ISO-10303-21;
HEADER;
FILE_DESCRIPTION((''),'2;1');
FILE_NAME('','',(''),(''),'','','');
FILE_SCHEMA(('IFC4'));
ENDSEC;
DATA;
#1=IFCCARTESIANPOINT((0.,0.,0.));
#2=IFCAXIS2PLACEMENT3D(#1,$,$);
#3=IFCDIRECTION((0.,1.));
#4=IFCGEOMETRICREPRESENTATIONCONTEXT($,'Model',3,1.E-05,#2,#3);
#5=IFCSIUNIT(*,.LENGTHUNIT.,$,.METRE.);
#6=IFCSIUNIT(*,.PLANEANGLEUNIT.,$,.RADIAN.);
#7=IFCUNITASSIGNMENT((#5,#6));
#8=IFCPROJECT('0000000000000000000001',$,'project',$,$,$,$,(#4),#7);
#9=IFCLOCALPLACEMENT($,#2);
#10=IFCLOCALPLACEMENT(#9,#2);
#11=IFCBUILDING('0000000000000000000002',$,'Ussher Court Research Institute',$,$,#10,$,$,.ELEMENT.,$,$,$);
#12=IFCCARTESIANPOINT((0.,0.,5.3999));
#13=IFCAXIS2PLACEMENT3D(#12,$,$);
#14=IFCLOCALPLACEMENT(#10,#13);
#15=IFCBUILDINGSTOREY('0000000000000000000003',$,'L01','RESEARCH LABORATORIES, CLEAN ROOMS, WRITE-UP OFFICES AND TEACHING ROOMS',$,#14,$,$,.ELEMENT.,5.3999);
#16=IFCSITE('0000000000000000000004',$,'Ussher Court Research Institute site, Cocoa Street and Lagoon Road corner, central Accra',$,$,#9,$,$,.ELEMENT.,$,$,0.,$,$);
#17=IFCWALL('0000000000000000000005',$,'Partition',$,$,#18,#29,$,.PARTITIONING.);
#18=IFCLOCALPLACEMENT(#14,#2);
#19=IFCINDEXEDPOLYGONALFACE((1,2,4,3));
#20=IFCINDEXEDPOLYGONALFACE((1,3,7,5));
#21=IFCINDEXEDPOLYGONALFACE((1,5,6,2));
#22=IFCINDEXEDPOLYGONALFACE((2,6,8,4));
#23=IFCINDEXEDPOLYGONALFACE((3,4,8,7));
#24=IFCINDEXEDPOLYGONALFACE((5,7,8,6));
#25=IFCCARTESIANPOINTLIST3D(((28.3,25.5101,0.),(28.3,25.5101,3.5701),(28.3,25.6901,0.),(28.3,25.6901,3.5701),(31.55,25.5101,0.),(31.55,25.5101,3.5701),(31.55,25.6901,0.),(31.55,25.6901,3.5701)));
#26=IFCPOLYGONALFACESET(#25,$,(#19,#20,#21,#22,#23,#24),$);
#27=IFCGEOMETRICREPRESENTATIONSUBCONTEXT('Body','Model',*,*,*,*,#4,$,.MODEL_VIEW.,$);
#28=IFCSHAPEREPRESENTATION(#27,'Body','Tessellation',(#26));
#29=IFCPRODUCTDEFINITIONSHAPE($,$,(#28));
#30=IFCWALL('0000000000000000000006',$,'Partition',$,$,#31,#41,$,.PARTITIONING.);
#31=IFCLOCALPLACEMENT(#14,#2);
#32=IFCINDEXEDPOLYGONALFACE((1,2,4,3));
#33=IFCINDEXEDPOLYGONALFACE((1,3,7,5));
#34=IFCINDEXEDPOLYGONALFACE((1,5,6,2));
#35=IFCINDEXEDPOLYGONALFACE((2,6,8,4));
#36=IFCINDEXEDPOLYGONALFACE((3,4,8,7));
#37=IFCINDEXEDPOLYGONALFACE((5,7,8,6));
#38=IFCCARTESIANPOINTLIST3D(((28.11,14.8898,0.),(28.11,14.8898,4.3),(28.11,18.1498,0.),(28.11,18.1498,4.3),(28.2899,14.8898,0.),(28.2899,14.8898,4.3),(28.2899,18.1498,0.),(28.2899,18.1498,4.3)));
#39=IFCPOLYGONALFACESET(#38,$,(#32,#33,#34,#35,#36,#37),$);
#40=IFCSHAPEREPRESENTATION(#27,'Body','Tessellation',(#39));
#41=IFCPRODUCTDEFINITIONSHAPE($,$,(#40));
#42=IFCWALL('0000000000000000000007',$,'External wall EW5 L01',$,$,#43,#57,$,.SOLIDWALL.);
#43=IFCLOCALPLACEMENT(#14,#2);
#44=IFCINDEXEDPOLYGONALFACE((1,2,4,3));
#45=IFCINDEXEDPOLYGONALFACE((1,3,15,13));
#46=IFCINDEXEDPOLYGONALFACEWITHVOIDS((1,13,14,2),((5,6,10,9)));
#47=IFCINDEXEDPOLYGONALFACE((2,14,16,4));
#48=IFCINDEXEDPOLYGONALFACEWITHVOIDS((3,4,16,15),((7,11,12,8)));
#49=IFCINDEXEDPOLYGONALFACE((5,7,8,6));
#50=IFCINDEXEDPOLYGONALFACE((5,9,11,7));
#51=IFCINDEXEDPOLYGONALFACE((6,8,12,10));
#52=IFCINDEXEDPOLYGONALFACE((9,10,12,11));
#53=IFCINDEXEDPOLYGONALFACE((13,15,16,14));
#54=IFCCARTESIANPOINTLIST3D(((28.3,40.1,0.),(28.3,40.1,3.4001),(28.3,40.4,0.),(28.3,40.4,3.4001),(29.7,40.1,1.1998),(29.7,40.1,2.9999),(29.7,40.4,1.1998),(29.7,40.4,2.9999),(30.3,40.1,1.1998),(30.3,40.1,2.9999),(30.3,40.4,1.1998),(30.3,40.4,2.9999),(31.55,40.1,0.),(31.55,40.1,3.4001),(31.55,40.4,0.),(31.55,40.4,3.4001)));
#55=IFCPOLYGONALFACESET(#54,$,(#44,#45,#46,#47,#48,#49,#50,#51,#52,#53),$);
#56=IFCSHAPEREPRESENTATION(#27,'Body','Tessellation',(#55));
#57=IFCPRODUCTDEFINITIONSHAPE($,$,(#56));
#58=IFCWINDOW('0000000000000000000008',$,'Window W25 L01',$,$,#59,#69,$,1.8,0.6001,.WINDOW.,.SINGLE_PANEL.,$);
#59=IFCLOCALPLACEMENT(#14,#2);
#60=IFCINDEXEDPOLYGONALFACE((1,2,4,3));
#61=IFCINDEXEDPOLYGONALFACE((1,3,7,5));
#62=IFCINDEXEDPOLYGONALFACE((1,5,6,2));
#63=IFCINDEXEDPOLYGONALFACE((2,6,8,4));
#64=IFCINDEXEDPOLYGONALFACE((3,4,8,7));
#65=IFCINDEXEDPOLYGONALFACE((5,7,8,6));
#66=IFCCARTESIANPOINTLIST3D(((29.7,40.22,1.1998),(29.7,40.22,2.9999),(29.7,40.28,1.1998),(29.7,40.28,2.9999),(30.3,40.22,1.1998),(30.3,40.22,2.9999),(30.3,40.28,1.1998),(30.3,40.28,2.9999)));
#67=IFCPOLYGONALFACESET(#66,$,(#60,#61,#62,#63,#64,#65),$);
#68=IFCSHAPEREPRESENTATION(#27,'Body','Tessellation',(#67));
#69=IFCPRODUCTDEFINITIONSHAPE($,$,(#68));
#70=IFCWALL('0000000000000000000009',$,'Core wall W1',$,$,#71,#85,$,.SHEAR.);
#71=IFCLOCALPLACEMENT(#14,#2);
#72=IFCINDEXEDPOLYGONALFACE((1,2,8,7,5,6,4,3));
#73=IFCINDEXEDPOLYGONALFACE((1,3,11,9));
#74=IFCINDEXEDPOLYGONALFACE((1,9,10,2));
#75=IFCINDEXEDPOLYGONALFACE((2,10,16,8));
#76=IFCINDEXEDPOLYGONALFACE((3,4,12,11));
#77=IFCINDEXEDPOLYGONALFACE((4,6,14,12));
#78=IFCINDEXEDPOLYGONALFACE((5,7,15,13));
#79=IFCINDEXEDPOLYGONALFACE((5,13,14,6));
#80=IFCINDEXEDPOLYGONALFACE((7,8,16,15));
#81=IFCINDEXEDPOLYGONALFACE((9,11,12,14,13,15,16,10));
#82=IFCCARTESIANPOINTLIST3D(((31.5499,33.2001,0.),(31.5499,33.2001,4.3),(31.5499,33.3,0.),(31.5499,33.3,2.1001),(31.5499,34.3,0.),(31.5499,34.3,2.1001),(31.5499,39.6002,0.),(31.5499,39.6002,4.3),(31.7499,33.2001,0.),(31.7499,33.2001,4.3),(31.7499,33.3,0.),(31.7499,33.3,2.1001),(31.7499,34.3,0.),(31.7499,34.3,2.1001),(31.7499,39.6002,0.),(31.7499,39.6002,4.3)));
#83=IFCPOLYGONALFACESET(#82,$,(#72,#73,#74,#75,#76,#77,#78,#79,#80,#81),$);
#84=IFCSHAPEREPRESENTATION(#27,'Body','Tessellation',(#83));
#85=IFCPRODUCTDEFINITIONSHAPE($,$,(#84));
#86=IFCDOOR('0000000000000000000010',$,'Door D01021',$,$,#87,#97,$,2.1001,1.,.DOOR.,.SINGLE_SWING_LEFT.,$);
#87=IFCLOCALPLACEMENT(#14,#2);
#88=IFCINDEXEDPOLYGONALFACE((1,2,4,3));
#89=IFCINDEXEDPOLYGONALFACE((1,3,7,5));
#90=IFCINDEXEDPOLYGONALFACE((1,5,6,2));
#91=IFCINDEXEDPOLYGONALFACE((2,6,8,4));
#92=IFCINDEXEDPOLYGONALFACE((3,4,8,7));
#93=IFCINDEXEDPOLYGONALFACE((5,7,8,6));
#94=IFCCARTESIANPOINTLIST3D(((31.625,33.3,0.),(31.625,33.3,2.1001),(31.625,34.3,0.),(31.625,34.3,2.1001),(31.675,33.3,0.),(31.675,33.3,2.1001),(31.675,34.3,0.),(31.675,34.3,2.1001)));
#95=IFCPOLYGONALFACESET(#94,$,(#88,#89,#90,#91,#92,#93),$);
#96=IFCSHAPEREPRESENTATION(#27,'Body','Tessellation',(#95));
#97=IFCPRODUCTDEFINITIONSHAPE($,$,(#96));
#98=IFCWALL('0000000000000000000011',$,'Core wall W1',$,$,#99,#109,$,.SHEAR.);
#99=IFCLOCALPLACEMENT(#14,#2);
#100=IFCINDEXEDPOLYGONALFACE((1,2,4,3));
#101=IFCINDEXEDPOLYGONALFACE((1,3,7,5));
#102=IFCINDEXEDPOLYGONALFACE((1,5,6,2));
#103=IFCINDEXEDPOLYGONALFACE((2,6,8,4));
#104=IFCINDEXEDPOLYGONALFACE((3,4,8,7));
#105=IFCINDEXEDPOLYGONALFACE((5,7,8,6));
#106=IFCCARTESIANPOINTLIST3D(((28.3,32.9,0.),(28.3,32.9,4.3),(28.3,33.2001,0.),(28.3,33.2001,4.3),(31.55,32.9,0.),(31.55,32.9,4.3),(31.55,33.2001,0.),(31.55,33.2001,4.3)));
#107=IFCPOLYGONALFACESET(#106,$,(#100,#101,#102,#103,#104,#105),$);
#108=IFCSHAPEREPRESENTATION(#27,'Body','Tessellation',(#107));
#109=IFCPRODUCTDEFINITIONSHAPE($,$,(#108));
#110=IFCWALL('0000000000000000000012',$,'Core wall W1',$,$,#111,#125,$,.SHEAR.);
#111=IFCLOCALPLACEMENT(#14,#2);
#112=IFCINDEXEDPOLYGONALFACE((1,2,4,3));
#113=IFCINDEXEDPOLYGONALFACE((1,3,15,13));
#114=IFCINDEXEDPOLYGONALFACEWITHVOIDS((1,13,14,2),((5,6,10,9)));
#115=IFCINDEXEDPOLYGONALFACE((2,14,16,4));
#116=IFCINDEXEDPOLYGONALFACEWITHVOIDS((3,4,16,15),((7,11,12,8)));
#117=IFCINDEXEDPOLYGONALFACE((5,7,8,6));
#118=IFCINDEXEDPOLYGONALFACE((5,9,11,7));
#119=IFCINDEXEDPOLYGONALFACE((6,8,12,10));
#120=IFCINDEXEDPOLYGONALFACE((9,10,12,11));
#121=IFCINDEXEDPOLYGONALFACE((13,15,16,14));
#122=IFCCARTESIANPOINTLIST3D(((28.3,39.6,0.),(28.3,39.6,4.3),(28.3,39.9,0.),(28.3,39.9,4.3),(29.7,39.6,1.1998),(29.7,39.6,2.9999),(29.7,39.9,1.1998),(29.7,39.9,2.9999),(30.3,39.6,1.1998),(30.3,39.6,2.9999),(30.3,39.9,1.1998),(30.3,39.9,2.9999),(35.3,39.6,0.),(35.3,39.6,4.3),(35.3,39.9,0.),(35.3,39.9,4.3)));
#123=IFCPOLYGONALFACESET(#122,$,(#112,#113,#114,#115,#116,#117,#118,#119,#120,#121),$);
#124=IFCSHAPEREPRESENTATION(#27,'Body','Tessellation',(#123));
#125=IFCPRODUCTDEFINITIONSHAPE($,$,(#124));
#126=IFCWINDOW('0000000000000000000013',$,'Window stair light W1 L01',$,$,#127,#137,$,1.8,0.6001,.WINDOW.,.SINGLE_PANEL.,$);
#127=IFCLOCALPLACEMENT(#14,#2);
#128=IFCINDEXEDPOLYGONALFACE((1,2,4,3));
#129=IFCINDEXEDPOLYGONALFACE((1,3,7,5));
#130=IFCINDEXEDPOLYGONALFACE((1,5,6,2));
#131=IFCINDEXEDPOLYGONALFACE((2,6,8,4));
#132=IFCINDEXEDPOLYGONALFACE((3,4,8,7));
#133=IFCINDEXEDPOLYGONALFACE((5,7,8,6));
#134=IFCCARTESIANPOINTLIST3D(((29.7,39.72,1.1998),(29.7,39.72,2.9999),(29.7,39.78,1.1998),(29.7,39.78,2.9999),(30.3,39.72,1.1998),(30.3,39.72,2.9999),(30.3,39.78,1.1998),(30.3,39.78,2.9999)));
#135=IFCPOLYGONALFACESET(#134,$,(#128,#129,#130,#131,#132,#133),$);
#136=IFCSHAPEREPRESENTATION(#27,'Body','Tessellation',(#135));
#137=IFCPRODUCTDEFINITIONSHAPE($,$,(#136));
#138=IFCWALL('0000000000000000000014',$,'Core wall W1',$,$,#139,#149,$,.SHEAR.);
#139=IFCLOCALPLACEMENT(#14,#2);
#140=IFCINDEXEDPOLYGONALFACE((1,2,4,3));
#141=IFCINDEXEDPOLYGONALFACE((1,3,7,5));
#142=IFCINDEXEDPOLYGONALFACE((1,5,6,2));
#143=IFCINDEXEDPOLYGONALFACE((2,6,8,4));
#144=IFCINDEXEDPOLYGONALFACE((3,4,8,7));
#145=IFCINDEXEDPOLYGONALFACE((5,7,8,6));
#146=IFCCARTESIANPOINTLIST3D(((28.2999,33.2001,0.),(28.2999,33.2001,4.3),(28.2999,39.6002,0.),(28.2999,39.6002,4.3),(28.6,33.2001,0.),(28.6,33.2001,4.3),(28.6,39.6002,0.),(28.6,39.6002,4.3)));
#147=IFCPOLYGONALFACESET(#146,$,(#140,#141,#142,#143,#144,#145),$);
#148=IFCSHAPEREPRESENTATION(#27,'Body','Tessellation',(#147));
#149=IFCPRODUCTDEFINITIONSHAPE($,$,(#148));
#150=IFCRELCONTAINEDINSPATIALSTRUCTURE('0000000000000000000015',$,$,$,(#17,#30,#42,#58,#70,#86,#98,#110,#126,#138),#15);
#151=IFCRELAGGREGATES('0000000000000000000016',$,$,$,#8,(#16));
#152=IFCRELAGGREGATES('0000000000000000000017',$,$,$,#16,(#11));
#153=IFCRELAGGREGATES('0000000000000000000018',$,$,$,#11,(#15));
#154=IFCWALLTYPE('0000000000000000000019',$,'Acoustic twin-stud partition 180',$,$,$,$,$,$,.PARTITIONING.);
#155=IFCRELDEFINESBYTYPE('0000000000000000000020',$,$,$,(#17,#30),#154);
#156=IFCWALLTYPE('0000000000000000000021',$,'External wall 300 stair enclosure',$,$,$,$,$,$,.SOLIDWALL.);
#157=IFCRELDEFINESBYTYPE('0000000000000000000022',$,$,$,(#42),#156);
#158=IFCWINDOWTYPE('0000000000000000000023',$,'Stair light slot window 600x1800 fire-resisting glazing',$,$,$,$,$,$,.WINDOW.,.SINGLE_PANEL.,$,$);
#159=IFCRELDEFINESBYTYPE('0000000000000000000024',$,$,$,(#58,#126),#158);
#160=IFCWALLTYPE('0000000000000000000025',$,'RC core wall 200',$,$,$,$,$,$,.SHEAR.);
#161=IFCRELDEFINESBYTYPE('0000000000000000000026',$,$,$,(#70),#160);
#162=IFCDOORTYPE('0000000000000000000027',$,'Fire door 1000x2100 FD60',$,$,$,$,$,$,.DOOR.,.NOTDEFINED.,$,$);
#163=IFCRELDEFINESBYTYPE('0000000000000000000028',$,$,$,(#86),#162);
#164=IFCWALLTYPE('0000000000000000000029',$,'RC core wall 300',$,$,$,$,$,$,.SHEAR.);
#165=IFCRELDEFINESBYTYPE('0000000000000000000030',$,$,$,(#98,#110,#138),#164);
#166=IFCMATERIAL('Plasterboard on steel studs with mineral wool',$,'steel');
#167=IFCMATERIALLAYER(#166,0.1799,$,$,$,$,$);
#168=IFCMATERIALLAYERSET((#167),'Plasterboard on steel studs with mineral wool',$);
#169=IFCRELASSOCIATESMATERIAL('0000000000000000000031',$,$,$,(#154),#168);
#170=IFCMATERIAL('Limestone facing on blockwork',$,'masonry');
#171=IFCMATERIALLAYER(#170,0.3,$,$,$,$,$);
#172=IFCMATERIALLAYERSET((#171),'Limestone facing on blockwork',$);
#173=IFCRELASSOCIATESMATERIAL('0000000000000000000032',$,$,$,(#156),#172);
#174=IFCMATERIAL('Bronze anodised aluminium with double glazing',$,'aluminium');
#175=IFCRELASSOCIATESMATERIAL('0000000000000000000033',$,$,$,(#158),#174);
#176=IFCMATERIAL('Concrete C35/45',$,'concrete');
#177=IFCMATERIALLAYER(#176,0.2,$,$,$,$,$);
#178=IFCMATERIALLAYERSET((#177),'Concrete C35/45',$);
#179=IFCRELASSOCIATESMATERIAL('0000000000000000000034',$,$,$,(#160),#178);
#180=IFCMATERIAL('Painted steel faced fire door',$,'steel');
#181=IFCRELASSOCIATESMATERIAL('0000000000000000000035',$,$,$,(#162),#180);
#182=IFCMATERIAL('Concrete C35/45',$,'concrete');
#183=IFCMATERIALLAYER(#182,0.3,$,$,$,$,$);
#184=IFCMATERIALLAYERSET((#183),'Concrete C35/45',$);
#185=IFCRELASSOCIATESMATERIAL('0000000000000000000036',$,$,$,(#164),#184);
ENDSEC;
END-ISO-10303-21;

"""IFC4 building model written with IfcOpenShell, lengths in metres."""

from ifc_helpers import new_model, si_unit, direction, frame, frame_2d, origin, place, context, subcontext, project, spatial, rectangle, extrude, material, layer, layer_set, type_object, element, fill, save


model = new_model("IFC4")

# Units and contexts
model_context = context("Model", 3, precision=1e-05, world=origin(), true_north=direction((0.0, 1.0)))
body_context = subcontext(model_context, "Body", "Model", "MODEL_VIEW")
ifc_project = project(units=[si_unit("LENGTHUNIT", "METRE"), si_unit("PLANEANGLEUNIT", "RADIAN")], contexts=[model_context])

# Site, building, storey
site_placement = place(None, origin())
site = spatial("IfcSite", under=ifc_project, at=site_placement, Name="Ussher Court Research Institute site, Cocoa Street and Lagoon Road corner, central Accra", CompositionType="ELEMENT", RefElevation=0.0)
building_placement = place(site_placement, origin())
building = spatial("IfcBuilding", under=site, at=building_placement, Name="Ussher Court Research Institute", CompositionType="ELEMENT")
storey_placement = place(building_placement, frame((0.0, 0.0, 5.3999)))
storey = spatial("IfcBuildingStorey", under=building, at=storey_placement, Name="L01", Description="RESEARCH LABORATORIES, CLEAN ROOMS, WRITE-UP OFFICES AND TEACHING ROOMS", CompositionType="ELEMENT", Elevation=5.3999)

# Shared definitions
ifc_material_1 = material(Name="Plasterboard on steel studs with mineral wool", Category="steel")
ifc_layer_1 = layer(ifc_material_1, 0.1799)
ifc_layer_set_1 = layer_set([ifc_layer_1], Name="Plasterboard on steel studs with mineral wool")
wall_type_1 = type_object("IfcWallType", Name="Acoustic twin-stud partition 180", PredefinedType="PARTITIONING", material=ifc_layer_set_1)

# Walls
wall_1_placement = place(storey_placement, frame((28.3, 25.6001, 0.0), z_axis=(0.0, 0.0, 1.0), x_axis=(1.0, 0.0, 0.0)))
element("IfcWall", 1, at=wall_1_placement, inside=storey, type_object=wall_type_1, Name="Partition", PredefinedType="PARTITIONING", context=body_context, shape_type="SweptSolid", body=[
    extrude(rectangle(XDim=3.25, YDim=0.1799, at=frame_2d((1.625, 0.0))), origin(), (0.0, 0.0, 1.0), 3.5701),
])
wall_2_placement = place(storey_placement, frame((28.2, 14.8899, 0.0), z_axis=(0.0, 0.0, 1.0), x_axis=(0.0, 1.0, 0.0)))
element("IfcWall", 2, at=wall_2_placement, inside=storey, type_object=wall_type_1, Name="Partition", PredefinedType="PARTITIONING", context=body_context, shape_type="SweptSolid", body=[
    extrude(rectangle(XDim=3.26, YDim=0.1799, at=frame_2d((1.6299, 0.0))), origin(), (0.0, 0.0, 1.0), 4.3),
])

# Wall, opening, window
ifc_material_2 = material(Name="Limestone facing on blockwork", Category="masonry")
ifc_layer_2 = layer(ifc_material_2, 0.3)
ifc_layer_set_2 = layer_set([ifc_layer_2], Name="Limestone facing on blockwork")
wall_type_2 = type_object("IfcWallType", Name="External wall 300 stair enclosure", PredefinedType="SOLIDWALL", material=ifc_layer_set_2)
wall_3_placement = place(storey_placement, frame((28.3, 40.25, 0.0), z_axis=(0.0, 0.0, 1.0), x_axis=(1.0, 0.0, 0.0)))
wall_3 = element("IfcWall", 3, at=wall_3_placement, inside=storey, type_object=wall_type_2, Name="External wall EW5 L01", PredefinedType="SOLIDWALL", context=body_context, shape_type="SweptSolid", body=[
    extrude(rectangle(XDim=3.25, YDim=0.3, at=frame_2d((1.625, 0.0))), origin(), (0.0, 0.0, 1.0), 3.4001),
])
opening_1_placement = place(wall_3_placement, frame((1.3999, 0.0, 1.2)))
opening_1 = element("IfcOpeningElement", 4, at=opening_1_placement, cuts=wall_3, PredefinedType="OPENING", context=body_context, shape_type="SweptSolid", body=[
    extrude(rectangle(XDim=0.6001, YDim=1.8, at=frame_2d((0.3, 0.8999))), frame((0.0, 0.1602, 0.0), z_axis=(0.0, -1.0, 0.0), x_axis=(1.0, 0.0, 0.0)), (0.0, 0.0, 1.0), 0.3201),
])
ifc_material_3 = material(Name="Bronze anodised aluminium with double glazing", Category="aluminium")
window_type = type_object("IfcWindowType", Name="Stair light slot window 600x1800 fire-resisting glazing", PartitioningType="SINGLE_PANEL", PredefinedType="WINDOW", material=ifc_material_3)
window_1_placement = place(opening_1_placement, origin())
window_1 = element("IfcWindow", 5, at=window_1_placement, inside=storey, type_object=window_type, Name="Window W25 L01", OverallHeight=1.8, OverallWidth=0.6001, PartitioningType="SINGLE_PANEL", PredefinedType="WINDOW", context=body_context, shape_type="SweptSolid", body=[
    extrude(rectangle(XDim=0.6001, YDim=1.8, at=frame_2d((0.3, 0.8999))), frame((0.0, 0.03, 0.0), z_axis=(0.0, -1.0, 0.0), x_axis=(1.0, 0.0, 0.0)), (0.0, 0.0, 1.0), 0.0601),
])
fill(opening_1, window_1)

# Wall, opening, door
ifc_material_4 = material(Name="Concrete C35/45", Category="concrete")
ifc_layer_3 = layer(ifc_material_4, 0.2)
ifc_layer_set_3 = layer_set([ifc_layer_3], Name="Concrete C35/45")
wall_type_3 = type_object("IfcWallType", Name="RC core wall 200", PredefinedType="SHEAR", material=ifc_layer_set_3)
wall_4_placement = place(storey_placement, frame((31.6499, 33.2, 0.0), z_axis=(0.0, 0.0, 1.0), x_axis=(0.0, 1.0, 0.0)))
wall_4 = element("IfcWall", 6, at=wall_4_placement, inside=storey, type_object=wall_type_3, Name="Core wall W1", PredefinedType="SHEAR", context=body_context, shape_type="SweptSolid", body=[
    extrude(rectangle(XDim=6.4001, YDim=0.2, at=frame_2d((3.2002, 0.0))), origin(), (0.0, 0.0, 1.0), 4.3),
])
opening_2_placement = place(wall_4_placement, frame((0.1001, 0.0, 0.0)))
opening_2 = element("IfcOpeningElement", 7, at=opening_2_placement, cuts=wall_4, PredefinedType="OPENING", context=body_context, shape_type="SweptSolid", body=[
    extrude(rectangle(XDim=1.0, YDim=2.1001, at=frame_2d((0.5, 1.05))), frame((0.0, 0.1099, 0.0), z_axis=(0.0, -1.0, 0.0), x_axis=(1.0, 0.0, 0.0)), (0.0, 0.0, 1.0), 0.22),
])
ifc_material_5 = material(Name="Painted steel faced fire door", Category="steel")
door_type_1 = type_object("IfcDoorType", Name="Fire door 1000x2100 FD60", OperationType="NOTDEFINED", PredefinedType="DOOR", material=ifc_material_5)
door_1_placement = place(opening_2_placement, origin())
door_1 = element("IfcDoor", 8, at=door_1_placement, inside=storey, type_object=door_type_1, Name="Door D01021", OperationType="SINGLE_SWING_LEFT", OverallHeight=2.1001, OverallWidth=1.0, PredefinedType="DOOR", context=body_context, shape_type="SweptSolid", body=[
    extrude(rectangle(XDim=1.0, YDim=2.1001, at=frame_2d((0.5, 1.05))), frame((0.0, 0.0249, 0.0), z_axis=(0.0, -1.0, 0.0), x_axis=(1.0, 0.0, 0.0)), (0.0, 0.0, 1.0), 0.05),
])
fill(opening_2, door_1)

# Wall
ifc_material_6 = material(Name="Concrete C35/45", Category="concrete")
ifc_layer_4 = layer(ifc_material_6, 0.3)
ifc_layer_set_4 = layer_set([ifc_layer_4], Name="Concrete C35/45")
wall_type_4 = type_object("IfcWallType", Name="RC core wall 300", PredefinedType="SHEAR", material=ifc_layer_set_4)
wall_5_placement = place(storey_placement, frame((28.3, 33.05, 0.0), z_axis=(0.0, 0.0, 1.0), x_axis=(1.0, 0.0, 0.0)))
element("IfcWall", 9, at=wall_5_placement, inside=storey, type_object=wall_type_4, Name="Core wall W1", PredefinedType="SHEAR", context=body_context, shape_type="SweptSolid", body=[
    extrude(rectangle(XDim=3.25, YDim=0.3, at=frame_2d((1.625, 0.0))), origin(), (0.0, 0.0, 1.0), 4.3),
])

# Wall, opening, window
wall_6_placement = place(storey_placement, frame((28.3, 39.75, 0.0), z_axis=(0.0, 0.0, 1.0), x_axis=(1.0, 0.0, 0.0)))
wall_6 = element("IfcWall", 10, at=wall_6_placement, inside=storey, type_object=wall_type_4, Name="Core wall W1", PredefinedType="SHEAR", context=body_context, shape_type="SweptSolid", body=[
    extrude(rectangle(XDim=7.0, YDim=0.3, at=frame_2d((3.5, 0.0))), origin(), (0.0, 0.0, 1.0), 4.3),
])
opening_3_placement = place(wall_6_placement, frame((1.3999, 0.0, 1.2)))
opening_3 = element("IfcOpeningElement", 11, at=opening_3_placement, cuts=wall_6, PredefinedType="OPENING", context=body_context, shape_type="SweptSolid", body=[
    extrude(rectangle(XDim=0.6001, YDim=1.8, at=frame_2d((0.3, 0.8999))), frame((0.0, 0.1602, 0.0), z_axis=(0.0, -1.0, 0.0), x_axis=(1.0, 0.0, 0.0)), (0.0, 0.0, 1.0), 0.3201),
])
window_2_placement = place(opening_3_placement, origin())
window_2 = element("IfcWindow", 12, at=window_2_placement, inside=storey, type_object=window_type, Name="Window stair light W1 L01", OverallHeight=1.8, OverallWidth=0.6001, PartitioningType="SINGLE_PANEL", PredefinedType="WINDOW", context=body_context, shape_type="SweptSolid", body=[
    extrude(rectangle(XDim=0.6001, YDim=1.8, at=frame_2d((0.3, 0.8999))), frame((0.0, 0.03, 0.0), z_axis=(0.0, -1.0, 0.0), x_axis=(1.0, 0.0, 0.0)), (0.0, 0.0, 1.0), 0.0601),
])
fill(opening_3, window_2)

# Wall
wall_7_placement = place(storey_placement, frame((28.45, 33.2, 0.0), z_axis=(0.0, 0.0, 1.0), x_axis=(0.0, 1.0, 0.0)))
element("IfcWall", 13, at=wall_7_placement, inside=storey, type_object=wall_type_4, Name="Core wall W1", PredefinedType="SHEAR", context=body_context, shape_type="SweptSolid", body=[
    extrude(rectangle(XDim=6.4001, YDim=0.3, at=frame_2d((3.2002, 0.0))), origin(), (0.0, 0.0, 1.0), 4.3),
])

save(model, "model.ifc")
